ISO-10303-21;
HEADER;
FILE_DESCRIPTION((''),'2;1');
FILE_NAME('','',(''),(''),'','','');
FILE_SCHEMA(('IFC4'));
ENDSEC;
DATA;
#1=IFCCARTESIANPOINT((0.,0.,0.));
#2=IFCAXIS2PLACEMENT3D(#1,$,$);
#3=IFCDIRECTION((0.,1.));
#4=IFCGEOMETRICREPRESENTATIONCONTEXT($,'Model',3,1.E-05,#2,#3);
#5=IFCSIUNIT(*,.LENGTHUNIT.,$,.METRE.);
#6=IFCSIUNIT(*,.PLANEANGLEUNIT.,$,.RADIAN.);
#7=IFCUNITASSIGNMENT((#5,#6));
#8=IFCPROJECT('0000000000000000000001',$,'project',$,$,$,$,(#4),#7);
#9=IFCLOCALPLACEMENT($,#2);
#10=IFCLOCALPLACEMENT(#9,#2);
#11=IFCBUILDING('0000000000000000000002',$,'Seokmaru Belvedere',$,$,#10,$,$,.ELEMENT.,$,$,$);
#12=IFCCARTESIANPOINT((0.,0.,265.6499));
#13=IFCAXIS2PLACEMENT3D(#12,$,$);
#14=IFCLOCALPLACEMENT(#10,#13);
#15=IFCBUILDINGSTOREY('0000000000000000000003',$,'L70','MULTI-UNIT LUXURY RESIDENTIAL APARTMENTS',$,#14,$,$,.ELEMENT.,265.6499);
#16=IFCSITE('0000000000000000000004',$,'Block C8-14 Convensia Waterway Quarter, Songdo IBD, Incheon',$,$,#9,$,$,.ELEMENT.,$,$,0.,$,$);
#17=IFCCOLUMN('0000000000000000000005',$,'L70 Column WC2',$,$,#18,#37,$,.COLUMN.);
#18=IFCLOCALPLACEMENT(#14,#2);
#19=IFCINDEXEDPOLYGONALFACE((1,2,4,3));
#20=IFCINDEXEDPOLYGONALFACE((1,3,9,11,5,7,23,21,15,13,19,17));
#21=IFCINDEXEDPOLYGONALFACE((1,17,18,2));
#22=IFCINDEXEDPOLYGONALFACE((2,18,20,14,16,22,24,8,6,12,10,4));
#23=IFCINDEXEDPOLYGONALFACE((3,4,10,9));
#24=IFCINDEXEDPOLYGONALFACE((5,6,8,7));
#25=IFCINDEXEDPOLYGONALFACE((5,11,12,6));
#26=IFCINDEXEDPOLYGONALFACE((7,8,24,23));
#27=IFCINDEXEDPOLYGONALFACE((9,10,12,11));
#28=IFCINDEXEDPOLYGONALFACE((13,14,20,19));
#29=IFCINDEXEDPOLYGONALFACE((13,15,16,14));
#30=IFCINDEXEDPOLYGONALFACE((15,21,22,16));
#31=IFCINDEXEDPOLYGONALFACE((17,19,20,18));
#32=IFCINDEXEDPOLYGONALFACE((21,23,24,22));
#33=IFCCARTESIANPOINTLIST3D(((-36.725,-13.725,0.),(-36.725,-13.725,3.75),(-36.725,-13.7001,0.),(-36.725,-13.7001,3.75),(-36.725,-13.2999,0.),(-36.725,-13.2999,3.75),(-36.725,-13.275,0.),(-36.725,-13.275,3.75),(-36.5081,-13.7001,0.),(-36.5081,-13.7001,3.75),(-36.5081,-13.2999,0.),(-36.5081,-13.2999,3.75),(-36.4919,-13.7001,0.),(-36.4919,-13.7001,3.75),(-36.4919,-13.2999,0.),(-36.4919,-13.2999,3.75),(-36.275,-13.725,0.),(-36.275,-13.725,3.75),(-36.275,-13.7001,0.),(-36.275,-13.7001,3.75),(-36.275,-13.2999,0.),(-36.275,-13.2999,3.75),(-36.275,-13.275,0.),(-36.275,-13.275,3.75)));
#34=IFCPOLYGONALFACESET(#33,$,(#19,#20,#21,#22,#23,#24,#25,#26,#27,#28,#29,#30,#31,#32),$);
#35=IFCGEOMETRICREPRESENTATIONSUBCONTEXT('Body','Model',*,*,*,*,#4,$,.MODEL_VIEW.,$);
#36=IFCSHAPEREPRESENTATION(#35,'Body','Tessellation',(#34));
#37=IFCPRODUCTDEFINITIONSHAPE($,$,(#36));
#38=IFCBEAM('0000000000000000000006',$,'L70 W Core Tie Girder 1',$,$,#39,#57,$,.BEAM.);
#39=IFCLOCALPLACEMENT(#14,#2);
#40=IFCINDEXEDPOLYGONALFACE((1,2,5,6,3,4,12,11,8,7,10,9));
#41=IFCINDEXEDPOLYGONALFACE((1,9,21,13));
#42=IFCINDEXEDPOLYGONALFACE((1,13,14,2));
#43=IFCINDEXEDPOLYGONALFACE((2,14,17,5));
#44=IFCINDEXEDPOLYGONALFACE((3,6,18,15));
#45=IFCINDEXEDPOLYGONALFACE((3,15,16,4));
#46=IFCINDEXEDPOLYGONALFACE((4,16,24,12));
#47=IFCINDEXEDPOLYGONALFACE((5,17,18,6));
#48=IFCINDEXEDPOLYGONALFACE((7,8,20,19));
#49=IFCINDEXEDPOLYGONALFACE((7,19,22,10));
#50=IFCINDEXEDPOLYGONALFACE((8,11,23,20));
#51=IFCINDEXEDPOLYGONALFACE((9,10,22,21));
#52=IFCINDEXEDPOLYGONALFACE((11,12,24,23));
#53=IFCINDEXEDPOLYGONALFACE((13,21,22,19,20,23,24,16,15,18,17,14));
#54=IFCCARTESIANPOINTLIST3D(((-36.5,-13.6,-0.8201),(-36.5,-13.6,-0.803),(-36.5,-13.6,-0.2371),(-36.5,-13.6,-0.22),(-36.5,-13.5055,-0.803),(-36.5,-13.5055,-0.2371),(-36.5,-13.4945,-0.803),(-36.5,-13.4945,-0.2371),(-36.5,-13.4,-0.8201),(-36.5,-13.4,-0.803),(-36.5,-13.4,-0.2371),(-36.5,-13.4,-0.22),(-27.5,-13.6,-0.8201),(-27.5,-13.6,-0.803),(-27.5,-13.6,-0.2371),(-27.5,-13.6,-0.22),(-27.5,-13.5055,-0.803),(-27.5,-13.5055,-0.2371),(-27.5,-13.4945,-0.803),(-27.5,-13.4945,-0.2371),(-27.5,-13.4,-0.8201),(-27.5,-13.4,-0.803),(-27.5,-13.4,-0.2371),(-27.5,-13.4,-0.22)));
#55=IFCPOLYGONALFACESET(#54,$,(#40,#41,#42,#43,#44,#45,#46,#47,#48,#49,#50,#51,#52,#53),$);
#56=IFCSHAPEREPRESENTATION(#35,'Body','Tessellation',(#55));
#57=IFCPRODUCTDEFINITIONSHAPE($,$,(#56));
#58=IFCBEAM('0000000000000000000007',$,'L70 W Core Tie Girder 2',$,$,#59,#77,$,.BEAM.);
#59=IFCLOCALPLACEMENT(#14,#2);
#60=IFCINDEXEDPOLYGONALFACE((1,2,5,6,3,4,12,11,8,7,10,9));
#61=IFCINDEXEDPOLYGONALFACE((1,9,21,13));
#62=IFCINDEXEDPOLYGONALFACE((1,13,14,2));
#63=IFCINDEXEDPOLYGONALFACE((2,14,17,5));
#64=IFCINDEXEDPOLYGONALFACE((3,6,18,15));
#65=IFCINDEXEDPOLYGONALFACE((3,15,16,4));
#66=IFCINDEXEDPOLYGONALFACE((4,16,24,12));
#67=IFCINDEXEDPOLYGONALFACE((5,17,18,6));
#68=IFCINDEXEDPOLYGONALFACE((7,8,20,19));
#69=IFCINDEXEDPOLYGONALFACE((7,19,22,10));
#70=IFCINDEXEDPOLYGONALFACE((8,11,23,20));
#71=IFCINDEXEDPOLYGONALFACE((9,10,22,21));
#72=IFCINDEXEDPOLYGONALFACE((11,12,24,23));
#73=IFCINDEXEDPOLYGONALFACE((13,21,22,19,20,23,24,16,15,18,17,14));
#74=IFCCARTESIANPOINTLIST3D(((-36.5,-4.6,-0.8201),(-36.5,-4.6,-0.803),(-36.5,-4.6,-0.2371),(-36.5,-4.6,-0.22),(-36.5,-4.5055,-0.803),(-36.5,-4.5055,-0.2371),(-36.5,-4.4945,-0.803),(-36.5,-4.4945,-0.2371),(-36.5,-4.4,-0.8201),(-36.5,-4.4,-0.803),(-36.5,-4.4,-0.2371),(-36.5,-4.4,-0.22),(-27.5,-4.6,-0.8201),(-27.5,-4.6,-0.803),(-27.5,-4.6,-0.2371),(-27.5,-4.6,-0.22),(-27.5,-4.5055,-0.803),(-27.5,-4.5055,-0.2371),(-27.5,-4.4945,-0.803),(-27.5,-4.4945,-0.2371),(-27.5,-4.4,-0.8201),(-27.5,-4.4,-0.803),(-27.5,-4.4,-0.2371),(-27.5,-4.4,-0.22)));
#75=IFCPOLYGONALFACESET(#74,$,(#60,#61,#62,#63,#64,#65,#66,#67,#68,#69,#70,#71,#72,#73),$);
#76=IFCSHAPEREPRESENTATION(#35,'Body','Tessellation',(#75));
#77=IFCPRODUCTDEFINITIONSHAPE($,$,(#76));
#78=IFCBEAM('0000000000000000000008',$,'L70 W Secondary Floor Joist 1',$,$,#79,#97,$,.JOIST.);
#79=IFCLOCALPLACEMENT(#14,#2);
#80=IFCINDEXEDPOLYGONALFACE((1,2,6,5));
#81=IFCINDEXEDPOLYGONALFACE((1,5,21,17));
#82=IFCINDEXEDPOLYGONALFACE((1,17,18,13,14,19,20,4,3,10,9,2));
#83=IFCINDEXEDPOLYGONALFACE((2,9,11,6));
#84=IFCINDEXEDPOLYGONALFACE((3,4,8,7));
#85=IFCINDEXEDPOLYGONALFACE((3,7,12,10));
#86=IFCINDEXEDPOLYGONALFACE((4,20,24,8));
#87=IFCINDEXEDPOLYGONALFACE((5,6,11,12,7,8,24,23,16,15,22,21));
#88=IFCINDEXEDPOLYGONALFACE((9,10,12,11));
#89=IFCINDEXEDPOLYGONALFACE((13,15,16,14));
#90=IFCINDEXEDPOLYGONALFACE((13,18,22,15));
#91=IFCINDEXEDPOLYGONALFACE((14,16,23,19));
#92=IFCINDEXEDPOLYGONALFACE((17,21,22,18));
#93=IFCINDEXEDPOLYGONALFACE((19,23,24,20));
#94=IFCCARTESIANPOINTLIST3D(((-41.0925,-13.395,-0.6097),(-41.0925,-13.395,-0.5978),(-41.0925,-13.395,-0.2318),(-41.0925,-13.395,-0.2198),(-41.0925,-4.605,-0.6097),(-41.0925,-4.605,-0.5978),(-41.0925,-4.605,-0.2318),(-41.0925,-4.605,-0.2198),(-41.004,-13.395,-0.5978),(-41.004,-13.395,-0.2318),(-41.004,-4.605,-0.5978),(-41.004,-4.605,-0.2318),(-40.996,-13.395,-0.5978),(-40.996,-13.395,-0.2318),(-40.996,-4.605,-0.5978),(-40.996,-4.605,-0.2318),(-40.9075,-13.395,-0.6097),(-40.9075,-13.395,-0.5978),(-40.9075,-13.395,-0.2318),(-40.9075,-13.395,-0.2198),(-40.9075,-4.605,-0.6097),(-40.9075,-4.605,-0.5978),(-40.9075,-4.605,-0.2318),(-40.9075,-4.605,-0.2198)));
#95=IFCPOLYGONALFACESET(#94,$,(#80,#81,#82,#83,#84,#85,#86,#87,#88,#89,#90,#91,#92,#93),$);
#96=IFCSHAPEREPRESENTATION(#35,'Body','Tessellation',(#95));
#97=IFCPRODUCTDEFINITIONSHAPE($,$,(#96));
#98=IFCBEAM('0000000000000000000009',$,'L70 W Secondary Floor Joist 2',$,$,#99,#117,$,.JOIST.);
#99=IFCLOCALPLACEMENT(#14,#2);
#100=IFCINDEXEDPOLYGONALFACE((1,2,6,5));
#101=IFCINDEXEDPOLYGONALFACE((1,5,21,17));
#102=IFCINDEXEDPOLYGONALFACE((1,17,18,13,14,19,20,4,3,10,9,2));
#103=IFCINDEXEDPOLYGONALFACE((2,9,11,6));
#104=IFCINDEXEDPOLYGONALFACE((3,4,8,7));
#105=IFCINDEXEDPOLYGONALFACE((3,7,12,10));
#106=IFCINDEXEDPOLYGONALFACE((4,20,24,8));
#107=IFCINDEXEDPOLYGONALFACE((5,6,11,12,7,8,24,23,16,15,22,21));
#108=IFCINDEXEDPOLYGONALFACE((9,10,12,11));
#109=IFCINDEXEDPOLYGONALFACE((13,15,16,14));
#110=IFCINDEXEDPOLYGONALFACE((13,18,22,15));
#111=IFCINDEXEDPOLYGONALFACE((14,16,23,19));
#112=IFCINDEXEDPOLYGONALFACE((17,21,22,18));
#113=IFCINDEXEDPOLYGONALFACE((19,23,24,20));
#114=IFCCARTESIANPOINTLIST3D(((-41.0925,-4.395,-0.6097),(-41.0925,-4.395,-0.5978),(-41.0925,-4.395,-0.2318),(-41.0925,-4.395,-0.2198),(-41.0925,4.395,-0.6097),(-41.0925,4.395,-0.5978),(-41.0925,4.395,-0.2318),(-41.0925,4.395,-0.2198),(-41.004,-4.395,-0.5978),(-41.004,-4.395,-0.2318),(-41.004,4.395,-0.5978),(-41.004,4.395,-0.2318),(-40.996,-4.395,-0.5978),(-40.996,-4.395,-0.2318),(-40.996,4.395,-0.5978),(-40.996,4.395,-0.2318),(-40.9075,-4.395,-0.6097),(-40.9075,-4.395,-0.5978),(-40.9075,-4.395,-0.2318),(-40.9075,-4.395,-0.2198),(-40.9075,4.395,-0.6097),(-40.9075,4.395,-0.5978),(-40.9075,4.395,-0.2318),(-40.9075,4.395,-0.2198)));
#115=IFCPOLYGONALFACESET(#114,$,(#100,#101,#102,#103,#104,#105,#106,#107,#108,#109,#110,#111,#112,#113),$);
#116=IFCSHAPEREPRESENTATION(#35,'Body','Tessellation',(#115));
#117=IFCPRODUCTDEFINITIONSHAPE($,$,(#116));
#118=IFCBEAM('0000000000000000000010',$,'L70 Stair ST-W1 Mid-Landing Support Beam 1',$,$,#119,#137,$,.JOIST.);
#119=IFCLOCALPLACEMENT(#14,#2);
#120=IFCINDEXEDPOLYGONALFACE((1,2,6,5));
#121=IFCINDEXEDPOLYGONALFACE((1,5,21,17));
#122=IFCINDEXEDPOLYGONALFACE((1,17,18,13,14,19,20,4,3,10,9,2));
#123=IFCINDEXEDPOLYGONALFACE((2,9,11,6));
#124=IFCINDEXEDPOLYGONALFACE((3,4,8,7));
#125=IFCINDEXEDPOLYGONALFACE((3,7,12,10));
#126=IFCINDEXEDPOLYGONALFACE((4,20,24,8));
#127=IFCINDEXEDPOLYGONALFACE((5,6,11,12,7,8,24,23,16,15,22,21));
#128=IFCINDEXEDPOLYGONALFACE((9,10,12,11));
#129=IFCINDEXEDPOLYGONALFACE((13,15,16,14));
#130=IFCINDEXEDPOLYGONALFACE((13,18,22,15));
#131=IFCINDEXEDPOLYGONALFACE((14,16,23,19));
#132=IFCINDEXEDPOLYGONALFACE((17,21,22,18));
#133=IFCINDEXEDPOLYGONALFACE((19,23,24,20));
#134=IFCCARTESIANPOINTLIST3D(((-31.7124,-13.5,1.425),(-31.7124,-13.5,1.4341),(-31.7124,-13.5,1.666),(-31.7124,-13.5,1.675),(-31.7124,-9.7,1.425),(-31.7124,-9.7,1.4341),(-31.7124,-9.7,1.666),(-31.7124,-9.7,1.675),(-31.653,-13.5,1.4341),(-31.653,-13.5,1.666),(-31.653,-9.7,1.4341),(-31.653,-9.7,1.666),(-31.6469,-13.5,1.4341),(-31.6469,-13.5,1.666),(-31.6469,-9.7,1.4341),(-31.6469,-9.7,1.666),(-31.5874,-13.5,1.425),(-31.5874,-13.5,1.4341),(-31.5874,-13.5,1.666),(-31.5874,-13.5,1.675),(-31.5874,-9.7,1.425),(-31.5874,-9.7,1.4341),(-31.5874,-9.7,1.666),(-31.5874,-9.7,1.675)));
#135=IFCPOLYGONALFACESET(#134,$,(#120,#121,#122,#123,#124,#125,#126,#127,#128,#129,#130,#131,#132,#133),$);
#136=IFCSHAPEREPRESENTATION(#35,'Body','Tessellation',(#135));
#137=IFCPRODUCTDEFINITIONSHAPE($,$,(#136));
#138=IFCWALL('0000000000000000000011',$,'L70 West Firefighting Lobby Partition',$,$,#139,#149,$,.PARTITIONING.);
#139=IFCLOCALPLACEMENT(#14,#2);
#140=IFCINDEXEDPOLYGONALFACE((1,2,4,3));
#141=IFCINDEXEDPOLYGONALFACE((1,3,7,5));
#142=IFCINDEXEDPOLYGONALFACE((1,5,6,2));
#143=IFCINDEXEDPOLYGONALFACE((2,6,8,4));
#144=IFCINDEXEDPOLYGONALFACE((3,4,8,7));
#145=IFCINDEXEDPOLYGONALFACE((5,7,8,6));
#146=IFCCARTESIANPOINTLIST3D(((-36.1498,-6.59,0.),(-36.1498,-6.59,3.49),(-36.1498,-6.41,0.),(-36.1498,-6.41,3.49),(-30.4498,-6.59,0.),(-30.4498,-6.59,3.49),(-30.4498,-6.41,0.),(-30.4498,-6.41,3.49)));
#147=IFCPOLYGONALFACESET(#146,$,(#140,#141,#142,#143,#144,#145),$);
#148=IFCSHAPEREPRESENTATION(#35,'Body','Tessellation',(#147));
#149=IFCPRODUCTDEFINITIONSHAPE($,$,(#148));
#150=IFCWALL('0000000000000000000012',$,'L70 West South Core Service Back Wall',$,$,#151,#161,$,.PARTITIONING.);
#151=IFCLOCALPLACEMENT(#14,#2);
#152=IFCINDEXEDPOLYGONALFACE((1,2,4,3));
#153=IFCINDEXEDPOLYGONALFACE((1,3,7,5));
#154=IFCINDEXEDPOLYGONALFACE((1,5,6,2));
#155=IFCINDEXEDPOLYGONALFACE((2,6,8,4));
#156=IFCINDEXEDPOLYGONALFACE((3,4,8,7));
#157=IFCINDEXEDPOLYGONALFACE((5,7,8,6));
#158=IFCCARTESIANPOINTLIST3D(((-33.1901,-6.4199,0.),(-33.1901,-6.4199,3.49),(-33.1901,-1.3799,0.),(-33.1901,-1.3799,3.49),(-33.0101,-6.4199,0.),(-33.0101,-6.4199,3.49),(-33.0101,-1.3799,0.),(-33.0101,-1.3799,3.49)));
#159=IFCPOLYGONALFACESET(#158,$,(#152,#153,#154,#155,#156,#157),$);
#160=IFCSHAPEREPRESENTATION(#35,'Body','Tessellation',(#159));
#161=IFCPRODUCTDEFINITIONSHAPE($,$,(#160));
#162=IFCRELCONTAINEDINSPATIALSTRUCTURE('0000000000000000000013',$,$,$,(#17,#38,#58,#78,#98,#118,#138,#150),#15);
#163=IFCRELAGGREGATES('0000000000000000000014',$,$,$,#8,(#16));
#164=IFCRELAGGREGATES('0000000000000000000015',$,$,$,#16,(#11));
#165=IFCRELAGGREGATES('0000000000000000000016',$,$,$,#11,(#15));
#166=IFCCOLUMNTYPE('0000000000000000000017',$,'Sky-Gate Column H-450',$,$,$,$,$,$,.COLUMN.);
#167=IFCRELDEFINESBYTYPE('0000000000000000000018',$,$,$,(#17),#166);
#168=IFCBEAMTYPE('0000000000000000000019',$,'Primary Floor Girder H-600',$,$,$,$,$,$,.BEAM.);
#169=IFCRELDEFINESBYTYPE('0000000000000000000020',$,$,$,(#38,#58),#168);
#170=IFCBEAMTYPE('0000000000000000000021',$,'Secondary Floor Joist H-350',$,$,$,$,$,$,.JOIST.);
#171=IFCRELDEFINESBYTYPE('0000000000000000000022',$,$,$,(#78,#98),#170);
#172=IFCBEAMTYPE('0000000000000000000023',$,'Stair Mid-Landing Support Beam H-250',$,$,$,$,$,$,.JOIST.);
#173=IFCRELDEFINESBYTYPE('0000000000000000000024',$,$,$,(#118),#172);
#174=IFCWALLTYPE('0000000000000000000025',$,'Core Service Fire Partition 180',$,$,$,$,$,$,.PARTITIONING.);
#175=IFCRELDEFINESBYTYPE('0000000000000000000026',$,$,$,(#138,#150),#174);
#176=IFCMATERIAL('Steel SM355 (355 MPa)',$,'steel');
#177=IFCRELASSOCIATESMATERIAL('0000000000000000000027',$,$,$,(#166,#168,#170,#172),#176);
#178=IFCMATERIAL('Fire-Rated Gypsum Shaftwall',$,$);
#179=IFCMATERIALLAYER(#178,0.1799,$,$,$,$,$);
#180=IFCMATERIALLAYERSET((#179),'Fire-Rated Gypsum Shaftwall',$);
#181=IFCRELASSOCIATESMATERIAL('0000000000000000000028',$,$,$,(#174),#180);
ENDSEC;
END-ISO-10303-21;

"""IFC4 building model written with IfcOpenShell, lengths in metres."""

from ifc_helpers import new_model, si_unit, direction, frame, frame_2d, origin, origin_2d, place, context, subcontext, project, spatial, rectangle, i_section, extrude, source, transform, mapped, material, layer, layer_set, material_profile, profile_set, type_object, type_shapes, element, save


model = new_model("IFC4")

# Units and contexts
model_context = context("Model", 3, precision=1e-05, world=origin(), true_north=direction((0.0, 1.0)))
body_context = subcontext(model_context, "Body", "Model", "MODEL_VIEW")
ifc_project = project(units=[si_unit("LENGTHUNIT", "METRE"), si_unit("PLANEANGLEUNIT", "RADIAN")], contexts=[model_context])

# Site, building, storey
site_placement = place(None, origin())
site = spatial("IfcSite", under=ifc_project, at=site_placement, Name="Block C8-14 Convensia Waterway Quarter, Songdo IBD, Incheon", CompositionType="ELEMENT", RefElevation=0.0)
building_placement = place(site_placement, origin())
building = spatial("IfcBuilding", under=site, at=building_placement, Name="Seokmaru Belvedere", CompositionType="ELEMENT")
storey_placement = place(building_placement, frame((0.0, 0.0, 265.6499)))
storey = spatial("IfcBuildingStorey", under=building, at=storey_placement, Name="L70", Description="MULTI-UNIT LUXURY RESIDENTIAL APARTMENTS", CompositionType="ELEMENT", Elevation=265.6499)

# Column
ifc_material_1 = material(Name="Steel SM355 (355 MPa)", Category="steel")
ifc_material_profile_1 = material_profile(ifc_material_1, i_section(OverallWidth=0.45, OverallDepth=0.45, WebThickness=0.0161, FlangeThickness=0.0249, at=origin_2d()), Name="H-450x450x16x25")
ifc_profile_set_1 = profile_set([ifc_material_profile_1], Name="Steel SM355 (355 MPa)")
column_type = type_object("IfcColumnType", Name="Sky-Gate Column H-450", PredefinedType="COLUMN", material=ifc_profile_set_1)
shared_shape_1 = source(origin(), body_context, "Body", "SweptSolid", [
    extrude(i_section(OverallWidth=0.45, OverallDepth=0.45, WebThickness=0.0161, FlangeThickness=0.0249, at=origin_2d()), origin(), (0.0, 0.0, 1.0), 3.75),
])
type_shapes(column_type, [shared_shape_1])
column_placement = place(storey_placement, frame((-36.5, -13.5, 0.0), z_axis=(0.0, 0.0, 1.0), x_axis=(1.0, 0.0, 0.0)))
element("IfcColumn", 1, at=column_placement, inside=storey, type_object=column_type, Name="L70 Column WC2", PredefinedType="COLUMN", context=body_context, shape_type="MappedRepresentation", body=[
    mapped(shared_shape_1, transform((0.0, 0.0, 0.0), scale=1.0)),
])

# Beams
ifc_material_profile_2 = material_profile(ifc_material_1, i_section(OverallWidth=0.2, OverallDepth=0.6001, WebThickness=0.011, FlangeThickness=0.0171, at=origin_2d()), Name="H-600x200x11x17")
ifc_profile_set_2 = profile_set([ifc_material_profile_2], Name="Steel SM355 (355 MPa)")
beam_type_1 = type_object("IfcBeamType", Name="Primary Floor Girder H-600", PredefinedType="BEAM", material=ifc_profile_set_2)
shared_shape_2 = source(origin(), body_context, "Body", "SweptSolid", [
    extrude(i_section(OverallWidth=0.2, OverallDepth=0.6001, WebThickness=0.011, FlangeThickness=0.0171, at=origin_2d()), origin(), (0.0, 0.0, 1.0), 9.0),
])
type_shapes(beam_type_1, [shared_shape_2])
for number, where, z_axis, x_axis, name in (
    (2, (-36.5, -13.5, -0.52), (1.0, 0.0, 0.0), (0.0, 1.0, 0.0), "L70 W Core Tie Girder 1"),
    (3, (-36.5, -4.5, -0.52), (1.0, 0.0, 0.0), (0.0, 1.0, 0.0), "L70 W Core Tie Girder 2"),
):
    element("IfcBeam", number, at=place(storey_placement, frame(where, z_axis=z_axis, x_axis=x_axis)), inside=storey, type_object=beam_type_1, Name=name, PredefinedType="BEAM", context=body_context, shape_type="MappedRepresentation", body=[
        mapped(shared_shape_2, transform((0.0, 0.0, 0.0), scale=1.0)),
    ])
ifc_material_profile_3 = material_profile(ifc_material_1, i_section(OverallWidth=0.1851, OverallDepth=0.3899, WebThickness=0.0081, FlangeThickness=0.012, at=origin_2d()), Name="H-390x185x8x12")
ifc_profile_set_3 = profile_set([ifc_material_profile_3], Name="Steel SM355 (355 MPa)")
beam_type_2 = type_object("IfcBeamType", Name="Secondary Floor Joist H-350", PredefinedType="JOIST", material=ifc_profile_set_3)
shared_shape_3 = source(origin(), body_context, "Body", "SweptSolid", [
    extrude(i_section(OverallWidth=0.1851, OverallDepth=0.3899, WebThickness=0.0081, FlangeThickness=0.012, at=origin_2d()), origin(), (0.0, 0.0, 1.0), 8.79),
])
type_shapes(beam_type_2, [shared_shape_3])
for number, where, z_axis, x_axis, name in (
    (4, (-41.0, -13.395, -0.4148), (0.0, 1.0, 0.0), (-1.0, 0.0, 0.0), "L70 W Secondary Floor Joist 1"),
    (5, (-41.0, -4.395, -0.4148), (0.0, 1.0, 0.0), (-1.0, 0.0, 0.0), "L70 W Secondary Floor Joist 2"),
):
    element("IfcBeam", number, at=place(storey_placement, frame(where, z_axis=z_axis, x_axis=x_axis)), inside=storey, type_object=beam_type_2, Name=name, PredefinedType="JOIST", context=body_context, shape_type="MappedRepresentation", body=[
        mapped(shared_shape_3, transform((0.0, 0.0, 0.0), scale=1.0)),
    ])
ifc_material_profile_4 = material_profile(ifc_material_1, i_section(OverallWidth=0.125, OverallDepth=0.25, WebThickness=0.0061, FlangeThickness=0.009, at=origin_2d()), Name="H-250x125x6x9")
ifc_profile_set_4 = profile_set([ifc_material_profile_4], Name="Steel SM355 (355 MPa)")
beam_type_3 = type_object("IfcBeamType", Name="Stair Mid-Landing Support Beam H-250", PredefinedType="JOIST", material=ifc_profile_set_4)
shared_shape_4 = source(origin(), body_context, "Body", "SweptSolid", [
    extrude(i_section(OverallWidth=0.125, OverallDepth=0.25, WebThickness=0.0061, FlangeThickness=0.009, at=origin_2d()), origin(), (0.0, 0.0, 1.0), 3.8),
])
type_shapes(beam_type_3, [shared_shape_4])
beam_placement = place(storey_placement, frame((-31.6499, -13.5, 1.55), z_axis=(0.0, 1.0, 0.0), x_axis=(-1.0, 0.0, 0.0)))
element("IfcBeam", 6, at=beam_placement, inside=storey, type_object=beam_type_3, Name="L70 Stair ST-W1 Mid-Landing Support Beam 1", PredefinedType="JOIST", context=body_context, shape_type="MappedRepresentation", body=[
    mapped(shared_shape_4, transform((0.0, 0.0, 0.0), scale=1.0)),
])

# Walls
ifc_material_2 = material(Name="Fire-Rated Gypsum Shaftwall")
ifc_layer_1 = layer(ifc_material_2, 0.1799)
ifc_layer_set_1 = layer_set([ifc_layer_1], Name="Fire-Rated Gypsum Shaftwall")
wall_type_1 = type_object("IfcWallType", Name="Core Service Fire Partition 180", PredefinedType="PARTITIONING", material=ifc_layer_set_1)
wall_1_placement = place(storey_placement, frame((-36.1499, -6.5, 0.0), z_axis=(0.0, 0.0, 1.0), x_axis=(1.0, 0.0, 0.0)))
element("IfcWall", 7, at=wall_1_placement, inside=storey, type_object=wall_type_1, Name="L70 West Firefighting Lobby Partition", PredefinedType="PARTITIONING", context=body_context, shape_type="SweptSolid", body=[
    extrude(rectangle(XDim=5.7, YDim=0.1799, at=frame_2d((2.8501, 0.0))), origin(), (0.0, 0.0, 1.0), 3.49),
])
wall_2_placement = place(storey_placement, frame((-33.1001, -6.4199, 0.0), z_axis=(0.0, 0.0, 1.0), x_axis=(0.0, 1.0, 0.0)))
element("IfcWall", 8, at=wall_2_placement, inside=storey, type_object=wall_type_1, Name="L70 West South Core Service Back Wall", PredefinedType="PARTITIONING", context=body_context, shape_type="SweptSolid", body=[
    extrude(rectangle(XDim=5.04, YDim=0.1799, at=frame_2d((2.52, 0.0))), origin(), (0.0, 0.0, 1.0), 3.49),
])

save(model, "model.ifc")
